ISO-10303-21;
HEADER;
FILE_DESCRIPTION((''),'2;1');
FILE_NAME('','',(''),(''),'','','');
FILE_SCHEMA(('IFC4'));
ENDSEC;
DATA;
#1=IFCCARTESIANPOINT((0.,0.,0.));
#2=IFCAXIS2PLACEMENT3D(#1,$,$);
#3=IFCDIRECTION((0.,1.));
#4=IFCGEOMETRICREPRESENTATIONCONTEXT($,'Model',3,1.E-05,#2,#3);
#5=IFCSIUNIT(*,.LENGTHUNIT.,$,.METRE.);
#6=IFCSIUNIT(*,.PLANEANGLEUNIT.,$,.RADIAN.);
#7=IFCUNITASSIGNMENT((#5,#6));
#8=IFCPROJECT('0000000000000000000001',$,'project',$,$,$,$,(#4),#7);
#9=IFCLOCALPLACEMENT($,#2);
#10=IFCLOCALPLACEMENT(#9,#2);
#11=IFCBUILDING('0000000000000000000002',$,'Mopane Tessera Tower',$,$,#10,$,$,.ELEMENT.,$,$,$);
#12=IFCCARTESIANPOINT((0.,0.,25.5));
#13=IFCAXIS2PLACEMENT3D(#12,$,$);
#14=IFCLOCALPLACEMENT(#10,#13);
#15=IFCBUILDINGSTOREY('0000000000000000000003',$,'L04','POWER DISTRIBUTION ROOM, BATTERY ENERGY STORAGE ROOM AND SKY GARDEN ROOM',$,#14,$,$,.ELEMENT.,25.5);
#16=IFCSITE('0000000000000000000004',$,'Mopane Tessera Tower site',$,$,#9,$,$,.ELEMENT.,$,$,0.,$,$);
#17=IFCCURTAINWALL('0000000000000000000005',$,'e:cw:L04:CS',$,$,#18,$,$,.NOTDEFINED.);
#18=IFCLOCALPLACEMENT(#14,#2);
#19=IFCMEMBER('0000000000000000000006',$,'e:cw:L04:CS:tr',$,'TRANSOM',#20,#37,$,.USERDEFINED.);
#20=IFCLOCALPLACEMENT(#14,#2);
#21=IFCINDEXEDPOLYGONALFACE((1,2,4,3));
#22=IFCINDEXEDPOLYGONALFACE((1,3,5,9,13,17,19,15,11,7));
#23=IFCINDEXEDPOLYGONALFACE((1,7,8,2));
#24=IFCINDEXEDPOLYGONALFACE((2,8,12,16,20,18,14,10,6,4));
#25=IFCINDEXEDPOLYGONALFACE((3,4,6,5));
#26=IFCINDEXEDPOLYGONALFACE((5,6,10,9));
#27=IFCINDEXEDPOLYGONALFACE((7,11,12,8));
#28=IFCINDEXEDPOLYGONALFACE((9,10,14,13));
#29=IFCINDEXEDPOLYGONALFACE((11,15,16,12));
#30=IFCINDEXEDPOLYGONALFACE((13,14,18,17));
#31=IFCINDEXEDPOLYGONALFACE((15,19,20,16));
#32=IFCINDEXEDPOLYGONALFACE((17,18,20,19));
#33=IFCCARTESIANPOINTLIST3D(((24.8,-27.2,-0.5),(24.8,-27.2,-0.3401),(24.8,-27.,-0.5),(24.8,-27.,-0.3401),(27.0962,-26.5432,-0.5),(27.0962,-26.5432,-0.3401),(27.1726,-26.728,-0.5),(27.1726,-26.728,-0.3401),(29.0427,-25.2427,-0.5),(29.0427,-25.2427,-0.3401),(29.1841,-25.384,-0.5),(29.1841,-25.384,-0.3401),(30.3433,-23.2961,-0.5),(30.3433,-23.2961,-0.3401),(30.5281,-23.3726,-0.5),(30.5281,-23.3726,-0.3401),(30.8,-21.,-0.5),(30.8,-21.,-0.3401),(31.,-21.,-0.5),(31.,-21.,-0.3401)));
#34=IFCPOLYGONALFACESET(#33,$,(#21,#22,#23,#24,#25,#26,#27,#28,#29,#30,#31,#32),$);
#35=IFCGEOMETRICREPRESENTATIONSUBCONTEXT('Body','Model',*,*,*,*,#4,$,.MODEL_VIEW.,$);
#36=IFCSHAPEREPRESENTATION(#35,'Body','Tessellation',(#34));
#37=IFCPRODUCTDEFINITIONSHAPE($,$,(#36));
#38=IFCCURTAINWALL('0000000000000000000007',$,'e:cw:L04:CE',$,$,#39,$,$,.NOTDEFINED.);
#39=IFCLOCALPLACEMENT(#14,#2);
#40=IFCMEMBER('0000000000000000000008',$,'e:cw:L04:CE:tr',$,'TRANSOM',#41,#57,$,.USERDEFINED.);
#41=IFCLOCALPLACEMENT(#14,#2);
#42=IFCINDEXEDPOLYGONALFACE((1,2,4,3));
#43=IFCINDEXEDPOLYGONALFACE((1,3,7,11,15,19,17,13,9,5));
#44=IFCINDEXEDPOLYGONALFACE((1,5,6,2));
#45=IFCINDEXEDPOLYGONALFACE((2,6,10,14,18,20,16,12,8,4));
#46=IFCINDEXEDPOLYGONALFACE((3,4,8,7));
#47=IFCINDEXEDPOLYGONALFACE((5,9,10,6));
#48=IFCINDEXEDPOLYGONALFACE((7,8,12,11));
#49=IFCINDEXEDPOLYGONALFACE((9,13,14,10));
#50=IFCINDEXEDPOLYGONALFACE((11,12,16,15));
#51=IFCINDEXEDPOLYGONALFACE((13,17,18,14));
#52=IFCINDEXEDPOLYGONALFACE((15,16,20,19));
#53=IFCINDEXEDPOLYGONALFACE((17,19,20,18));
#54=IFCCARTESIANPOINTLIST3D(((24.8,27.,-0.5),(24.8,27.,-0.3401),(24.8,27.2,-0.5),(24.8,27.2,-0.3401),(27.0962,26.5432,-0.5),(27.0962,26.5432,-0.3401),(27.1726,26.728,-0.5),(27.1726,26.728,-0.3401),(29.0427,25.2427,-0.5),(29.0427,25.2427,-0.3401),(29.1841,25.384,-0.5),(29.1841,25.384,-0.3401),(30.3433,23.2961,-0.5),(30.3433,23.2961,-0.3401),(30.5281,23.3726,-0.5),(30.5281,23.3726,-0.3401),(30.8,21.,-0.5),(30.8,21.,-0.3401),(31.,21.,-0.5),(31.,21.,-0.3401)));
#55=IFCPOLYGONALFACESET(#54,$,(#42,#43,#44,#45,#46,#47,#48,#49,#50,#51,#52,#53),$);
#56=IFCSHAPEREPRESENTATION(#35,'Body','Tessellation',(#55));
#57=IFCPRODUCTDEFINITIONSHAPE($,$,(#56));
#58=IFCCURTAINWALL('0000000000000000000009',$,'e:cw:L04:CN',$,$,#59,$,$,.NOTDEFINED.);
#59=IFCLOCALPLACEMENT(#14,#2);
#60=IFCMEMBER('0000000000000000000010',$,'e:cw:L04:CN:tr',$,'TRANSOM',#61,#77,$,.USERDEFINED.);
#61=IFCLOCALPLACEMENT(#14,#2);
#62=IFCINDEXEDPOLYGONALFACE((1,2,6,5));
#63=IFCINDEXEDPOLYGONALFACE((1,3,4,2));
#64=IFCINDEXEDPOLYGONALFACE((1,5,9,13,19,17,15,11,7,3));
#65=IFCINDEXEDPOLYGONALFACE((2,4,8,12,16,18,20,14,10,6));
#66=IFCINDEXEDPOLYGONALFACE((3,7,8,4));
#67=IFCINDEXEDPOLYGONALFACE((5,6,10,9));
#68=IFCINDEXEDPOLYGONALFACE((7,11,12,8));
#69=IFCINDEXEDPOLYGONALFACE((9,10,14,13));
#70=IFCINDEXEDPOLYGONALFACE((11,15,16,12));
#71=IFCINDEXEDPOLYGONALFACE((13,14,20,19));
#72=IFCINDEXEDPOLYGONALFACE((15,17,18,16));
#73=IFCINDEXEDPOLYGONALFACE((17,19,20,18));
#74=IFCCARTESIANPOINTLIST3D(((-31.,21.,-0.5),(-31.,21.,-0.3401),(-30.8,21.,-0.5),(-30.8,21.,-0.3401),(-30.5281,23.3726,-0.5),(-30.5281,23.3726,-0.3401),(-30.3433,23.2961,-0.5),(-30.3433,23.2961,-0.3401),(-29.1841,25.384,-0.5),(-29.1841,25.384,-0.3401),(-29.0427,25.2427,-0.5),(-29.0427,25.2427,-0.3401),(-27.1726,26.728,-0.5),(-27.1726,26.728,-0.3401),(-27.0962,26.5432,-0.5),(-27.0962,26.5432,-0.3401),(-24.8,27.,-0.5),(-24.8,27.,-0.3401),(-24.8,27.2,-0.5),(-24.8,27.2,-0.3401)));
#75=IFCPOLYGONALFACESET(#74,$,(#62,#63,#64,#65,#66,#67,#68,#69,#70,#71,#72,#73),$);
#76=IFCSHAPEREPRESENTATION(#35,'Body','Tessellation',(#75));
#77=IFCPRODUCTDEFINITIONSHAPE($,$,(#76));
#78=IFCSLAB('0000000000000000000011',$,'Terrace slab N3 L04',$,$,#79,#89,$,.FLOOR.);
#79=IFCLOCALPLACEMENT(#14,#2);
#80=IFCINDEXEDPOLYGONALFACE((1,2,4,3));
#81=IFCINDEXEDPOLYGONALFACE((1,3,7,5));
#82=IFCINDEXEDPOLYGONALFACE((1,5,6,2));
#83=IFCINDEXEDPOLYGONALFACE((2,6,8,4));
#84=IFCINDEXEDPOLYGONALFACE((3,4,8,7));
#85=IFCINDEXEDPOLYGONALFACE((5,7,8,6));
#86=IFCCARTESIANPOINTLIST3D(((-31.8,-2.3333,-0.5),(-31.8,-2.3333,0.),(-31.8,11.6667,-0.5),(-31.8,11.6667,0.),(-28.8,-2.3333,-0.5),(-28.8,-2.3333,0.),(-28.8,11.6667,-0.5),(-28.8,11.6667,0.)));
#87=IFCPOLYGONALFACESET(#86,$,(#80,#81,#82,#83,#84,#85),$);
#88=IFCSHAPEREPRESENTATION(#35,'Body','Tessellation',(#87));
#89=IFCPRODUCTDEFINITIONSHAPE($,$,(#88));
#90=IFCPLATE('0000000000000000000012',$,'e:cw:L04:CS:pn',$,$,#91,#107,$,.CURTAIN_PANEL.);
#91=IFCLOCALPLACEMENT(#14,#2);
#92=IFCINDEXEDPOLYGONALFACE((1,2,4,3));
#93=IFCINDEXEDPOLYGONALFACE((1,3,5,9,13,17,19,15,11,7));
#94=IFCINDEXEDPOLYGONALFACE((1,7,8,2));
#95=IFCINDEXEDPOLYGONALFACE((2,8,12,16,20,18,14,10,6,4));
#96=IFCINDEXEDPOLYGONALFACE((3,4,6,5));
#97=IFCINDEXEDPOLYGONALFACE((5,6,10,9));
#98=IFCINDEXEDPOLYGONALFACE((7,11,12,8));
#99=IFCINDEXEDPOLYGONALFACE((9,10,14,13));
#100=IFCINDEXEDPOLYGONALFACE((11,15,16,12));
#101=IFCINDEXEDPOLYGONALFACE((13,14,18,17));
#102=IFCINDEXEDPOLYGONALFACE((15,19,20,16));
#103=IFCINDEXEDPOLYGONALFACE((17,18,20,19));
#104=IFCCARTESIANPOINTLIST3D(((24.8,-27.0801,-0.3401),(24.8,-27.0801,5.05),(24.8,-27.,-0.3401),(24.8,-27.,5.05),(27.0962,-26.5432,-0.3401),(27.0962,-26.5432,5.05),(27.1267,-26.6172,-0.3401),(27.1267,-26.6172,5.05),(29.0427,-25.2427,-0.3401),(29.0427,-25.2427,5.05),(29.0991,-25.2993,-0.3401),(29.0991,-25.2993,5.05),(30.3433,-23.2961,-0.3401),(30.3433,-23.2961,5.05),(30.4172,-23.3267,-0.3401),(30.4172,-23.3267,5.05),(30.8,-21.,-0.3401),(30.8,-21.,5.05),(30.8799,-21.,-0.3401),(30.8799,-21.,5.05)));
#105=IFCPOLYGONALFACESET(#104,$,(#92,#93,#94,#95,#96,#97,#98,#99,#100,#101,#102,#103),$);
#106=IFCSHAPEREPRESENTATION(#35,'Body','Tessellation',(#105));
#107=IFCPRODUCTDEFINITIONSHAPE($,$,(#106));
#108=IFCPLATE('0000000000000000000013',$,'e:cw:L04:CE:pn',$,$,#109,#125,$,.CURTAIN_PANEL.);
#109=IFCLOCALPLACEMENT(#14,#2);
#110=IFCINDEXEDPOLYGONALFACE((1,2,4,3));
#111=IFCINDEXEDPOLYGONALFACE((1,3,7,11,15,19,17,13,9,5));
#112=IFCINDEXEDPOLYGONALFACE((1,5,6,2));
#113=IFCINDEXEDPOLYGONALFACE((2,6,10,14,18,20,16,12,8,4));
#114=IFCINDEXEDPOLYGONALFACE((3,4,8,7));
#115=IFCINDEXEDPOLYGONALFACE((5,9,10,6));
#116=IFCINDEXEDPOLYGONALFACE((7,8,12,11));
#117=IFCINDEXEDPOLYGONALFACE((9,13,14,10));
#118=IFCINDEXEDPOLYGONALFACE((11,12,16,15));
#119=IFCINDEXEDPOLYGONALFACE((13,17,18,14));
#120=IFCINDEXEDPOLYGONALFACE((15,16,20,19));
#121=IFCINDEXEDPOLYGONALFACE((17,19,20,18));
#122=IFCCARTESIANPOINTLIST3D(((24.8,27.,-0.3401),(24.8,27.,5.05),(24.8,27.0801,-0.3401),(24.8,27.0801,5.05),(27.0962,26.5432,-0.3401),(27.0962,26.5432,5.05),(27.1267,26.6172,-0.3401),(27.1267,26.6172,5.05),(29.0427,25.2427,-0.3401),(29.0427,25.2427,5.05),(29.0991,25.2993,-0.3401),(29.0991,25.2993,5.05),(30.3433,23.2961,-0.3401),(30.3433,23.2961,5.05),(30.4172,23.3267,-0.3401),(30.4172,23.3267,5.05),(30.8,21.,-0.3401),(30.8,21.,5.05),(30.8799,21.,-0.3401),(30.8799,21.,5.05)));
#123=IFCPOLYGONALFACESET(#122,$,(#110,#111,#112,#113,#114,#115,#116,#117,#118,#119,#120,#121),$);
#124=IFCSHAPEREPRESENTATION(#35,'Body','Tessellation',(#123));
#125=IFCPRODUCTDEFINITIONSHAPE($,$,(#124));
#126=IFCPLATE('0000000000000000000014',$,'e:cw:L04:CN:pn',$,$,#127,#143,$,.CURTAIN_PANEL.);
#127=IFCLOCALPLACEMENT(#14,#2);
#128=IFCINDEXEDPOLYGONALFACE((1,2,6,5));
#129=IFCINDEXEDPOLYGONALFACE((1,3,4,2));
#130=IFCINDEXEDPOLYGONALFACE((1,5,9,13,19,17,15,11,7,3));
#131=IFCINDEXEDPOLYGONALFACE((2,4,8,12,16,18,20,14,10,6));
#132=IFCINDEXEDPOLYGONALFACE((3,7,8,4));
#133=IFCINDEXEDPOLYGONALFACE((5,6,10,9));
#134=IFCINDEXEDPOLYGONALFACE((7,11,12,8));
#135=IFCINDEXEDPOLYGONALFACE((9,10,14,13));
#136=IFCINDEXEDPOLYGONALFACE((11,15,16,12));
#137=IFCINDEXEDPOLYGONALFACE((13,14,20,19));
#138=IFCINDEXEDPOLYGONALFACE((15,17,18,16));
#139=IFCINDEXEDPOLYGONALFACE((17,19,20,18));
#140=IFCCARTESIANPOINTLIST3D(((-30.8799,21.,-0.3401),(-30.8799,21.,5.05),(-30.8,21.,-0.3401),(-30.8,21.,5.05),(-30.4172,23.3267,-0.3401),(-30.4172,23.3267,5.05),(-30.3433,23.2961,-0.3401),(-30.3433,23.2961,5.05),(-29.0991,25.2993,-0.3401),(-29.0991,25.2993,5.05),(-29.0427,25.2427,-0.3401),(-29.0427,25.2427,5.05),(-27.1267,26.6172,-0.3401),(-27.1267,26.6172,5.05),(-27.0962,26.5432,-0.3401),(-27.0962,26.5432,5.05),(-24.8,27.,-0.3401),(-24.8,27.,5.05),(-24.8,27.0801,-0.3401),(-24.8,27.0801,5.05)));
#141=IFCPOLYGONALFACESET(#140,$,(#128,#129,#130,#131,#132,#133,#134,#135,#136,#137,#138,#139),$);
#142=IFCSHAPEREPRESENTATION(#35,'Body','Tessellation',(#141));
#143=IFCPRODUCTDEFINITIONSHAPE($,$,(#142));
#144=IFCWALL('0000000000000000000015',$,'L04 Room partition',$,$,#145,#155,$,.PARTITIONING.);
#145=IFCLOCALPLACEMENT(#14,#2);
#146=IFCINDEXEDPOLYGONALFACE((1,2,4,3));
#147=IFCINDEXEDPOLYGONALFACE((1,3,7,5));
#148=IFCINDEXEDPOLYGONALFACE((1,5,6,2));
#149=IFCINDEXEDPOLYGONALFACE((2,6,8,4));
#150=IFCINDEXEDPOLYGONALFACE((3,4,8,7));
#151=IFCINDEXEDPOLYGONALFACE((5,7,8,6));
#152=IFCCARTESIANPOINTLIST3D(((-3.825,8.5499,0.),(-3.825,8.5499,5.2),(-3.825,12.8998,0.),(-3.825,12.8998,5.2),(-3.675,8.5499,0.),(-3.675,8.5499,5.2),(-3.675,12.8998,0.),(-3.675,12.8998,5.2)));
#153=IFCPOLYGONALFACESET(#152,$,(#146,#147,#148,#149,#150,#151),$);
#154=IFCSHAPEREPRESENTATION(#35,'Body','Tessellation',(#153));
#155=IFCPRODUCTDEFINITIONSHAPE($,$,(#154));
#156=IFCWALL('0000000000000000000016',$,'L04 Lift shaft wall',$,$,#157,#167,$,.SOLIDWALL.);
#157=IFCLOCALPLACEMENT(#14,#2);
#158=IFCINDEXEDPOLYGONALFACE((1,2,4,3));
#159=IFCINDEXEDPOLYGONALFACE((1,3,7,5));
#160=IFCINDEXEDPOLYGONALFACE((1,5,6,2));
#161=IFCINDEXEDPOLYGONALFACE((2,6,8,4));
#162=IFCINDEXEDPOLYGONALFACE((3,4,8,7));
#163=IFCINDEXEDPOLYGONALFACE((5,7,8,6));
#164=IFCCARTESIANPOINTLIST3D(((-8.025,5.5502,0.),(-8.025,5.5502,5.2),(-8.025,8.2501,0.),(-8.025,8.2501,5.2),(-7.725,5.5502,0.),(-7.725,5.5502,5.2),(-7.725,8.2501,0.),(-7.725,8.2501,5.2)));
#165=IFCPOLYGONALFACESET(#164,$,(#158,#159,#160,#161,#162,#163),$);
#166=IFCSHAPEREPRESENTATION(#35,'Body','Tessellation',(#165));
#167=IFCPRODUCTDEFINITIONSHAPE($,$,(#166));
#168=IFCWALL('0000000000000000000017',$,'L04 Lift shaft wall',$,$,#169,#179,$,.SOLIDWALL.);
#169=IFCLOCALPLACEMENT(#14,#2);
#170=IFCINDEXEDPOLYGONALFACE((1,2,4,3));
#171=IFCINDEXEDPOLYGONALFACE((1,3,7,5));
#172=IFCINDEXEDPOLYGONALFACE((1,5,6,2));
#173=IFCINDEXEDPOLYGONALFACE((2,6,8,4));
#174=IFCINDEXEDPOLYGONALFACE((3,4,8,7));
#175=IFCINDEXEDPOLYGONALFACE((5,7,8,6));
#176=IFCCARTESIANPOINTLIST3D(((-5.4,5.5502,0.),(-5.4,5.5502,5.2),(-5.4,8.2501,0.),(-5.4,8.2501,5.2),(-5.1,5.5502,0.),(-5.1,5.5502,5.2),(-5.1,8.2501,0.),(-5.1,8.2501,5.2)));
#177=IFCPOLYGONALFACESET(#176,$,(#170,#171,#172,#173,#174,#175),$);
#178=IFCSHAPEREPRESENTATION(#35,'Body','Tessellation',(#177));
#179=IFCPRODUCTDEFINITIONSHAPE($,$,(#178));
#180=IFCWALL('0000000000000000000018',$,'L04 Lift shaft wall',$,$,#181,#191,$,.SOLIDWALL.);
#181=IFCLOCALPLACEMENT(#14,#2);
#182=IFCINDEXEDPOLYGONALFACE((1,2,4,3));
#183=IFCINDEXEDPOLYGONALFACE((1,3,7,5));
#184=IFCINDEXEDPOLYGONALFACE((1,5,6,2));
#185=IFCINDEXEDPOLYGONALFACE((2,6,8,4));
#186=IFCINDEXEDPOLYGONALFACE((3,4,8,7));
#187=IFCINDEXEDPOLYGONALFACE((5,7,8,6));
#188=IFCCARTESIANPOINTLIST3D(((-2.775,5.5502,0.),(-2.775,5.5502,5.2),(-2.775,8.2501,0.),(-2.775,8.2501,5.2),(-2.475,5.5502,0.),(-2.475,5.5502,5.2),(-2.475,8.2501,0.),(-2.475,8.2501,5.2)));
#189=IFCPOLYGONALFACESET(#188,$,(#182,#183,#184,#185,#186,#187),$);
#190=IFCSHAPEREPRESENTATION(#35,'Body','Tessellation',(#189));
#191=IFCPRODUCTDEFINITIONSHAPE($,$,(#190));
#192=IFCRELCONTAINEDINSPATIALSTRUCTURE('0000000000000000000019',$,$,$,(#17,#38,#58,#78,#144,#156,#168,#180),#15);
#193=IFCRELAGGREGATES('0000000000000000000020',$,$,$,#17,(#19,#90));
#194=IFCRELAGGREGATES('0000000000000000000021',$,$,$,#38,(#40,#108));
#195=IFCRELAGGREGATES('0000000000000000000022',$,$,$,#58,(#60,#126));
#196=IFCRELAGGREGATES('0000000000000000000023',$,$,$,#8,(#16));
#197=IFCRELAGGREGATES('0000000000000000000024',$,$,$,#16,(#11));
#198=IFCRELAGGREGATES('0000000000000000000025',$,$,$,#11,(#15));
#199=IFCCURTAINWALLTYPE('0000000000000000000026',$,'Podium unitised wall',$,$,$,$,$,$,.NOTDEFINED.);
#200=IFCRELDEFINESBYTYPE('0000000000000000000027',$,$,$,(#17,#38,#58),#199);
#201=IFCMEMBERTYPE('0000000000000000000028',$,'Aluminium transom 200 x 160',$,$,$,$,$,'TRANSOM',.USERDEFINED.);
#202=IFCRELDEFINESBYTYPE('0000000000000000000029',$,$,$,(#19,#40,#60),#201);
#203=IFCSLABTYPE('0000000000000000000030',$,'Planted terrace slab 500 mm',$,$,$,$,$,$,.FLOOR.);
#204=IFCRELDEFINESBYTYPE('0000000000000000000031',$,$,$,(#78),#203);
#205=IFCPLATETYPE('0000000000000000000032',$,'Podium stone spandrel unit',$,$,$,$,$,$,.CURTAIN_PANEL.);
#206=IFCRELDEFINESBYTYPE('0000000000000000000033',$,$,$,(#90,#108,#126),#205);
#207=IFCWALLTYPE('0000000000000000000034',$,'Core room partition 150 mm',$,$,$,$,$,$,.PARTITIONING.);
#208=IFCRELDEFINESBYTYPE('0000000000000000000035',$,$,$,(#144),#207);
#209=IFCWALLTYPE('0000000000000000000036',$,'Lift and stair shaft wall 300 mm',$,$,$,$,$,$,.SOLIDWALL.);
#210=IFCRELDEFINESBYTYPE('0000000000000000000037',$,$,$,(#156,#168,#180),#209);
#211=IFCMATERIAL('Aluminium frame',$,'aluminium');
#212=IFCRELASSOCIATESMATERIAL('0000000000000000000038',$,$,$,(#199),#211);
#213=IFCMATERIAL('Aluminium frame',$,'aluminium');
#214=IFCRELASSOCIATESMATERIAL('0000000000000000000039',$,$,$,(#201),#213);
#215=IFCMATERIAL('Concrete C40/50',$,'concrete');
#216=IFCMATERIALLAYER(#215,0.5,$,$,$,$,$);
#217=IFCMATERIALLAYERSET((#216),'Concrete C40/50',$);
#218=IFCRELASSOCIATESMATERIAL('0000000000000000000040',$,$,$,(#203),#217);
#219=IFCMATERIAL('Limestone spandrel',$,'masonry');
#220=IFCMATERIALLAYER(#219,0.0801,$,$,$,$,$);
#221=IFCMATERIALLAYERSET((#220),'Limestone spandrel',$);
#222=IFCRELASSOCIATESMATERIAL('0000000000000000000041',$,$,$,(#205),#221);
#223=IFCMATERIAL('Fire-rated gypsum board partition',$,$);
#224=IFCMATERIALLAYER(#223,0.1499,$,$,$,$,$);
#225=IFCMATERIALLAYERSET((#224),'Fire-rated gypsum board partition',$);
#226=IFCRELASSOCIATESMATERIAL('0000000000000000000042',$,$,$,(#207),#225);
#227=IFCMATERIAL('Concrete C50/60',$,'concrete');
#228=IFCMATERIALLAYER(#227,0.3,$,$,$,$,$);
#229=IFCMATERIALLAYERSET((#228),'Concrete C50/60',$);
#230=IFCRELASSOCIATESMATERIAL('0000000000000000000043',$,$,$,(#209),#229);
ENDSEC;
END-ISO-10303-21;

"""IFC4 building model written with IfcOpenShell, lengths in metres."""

from ifc_helpers import new_model, si_unit, direction, frame, frame_2d, origin, origin_2d, place, context, subcontext, project, spatial, polyline, rectangle, outline, extrude, material, layer, layer_set, material_profile, profile_set, type_object, element, aggregate, save


model = new_model("IFC4")

# Units and contexts
model_context = context("Model", 3, precision=1e-05, world=origin(), true_north=direction((0.0, 1.0)))
body_context = subcontext(model_context, "Body", "Model", "MODEL_VIEW")
ifc_project = project(units=[si_unit("LENGTHUNIT", "METRE"), si_unit("PLANEANGLEUNIT", "RADIAN")], contexts=[model_context])

# Site, building, storey
site_placement = place(None, origin())
site = spatial("IfcSite", under=ifc_project, at=site_placement, Name="Mopane Tessera Tower site", CompositionType="ELEMENT", RefElevation=0.0)
building_placement = place(site_placement, origin())
building = spatial("IfcBuilding", under=site, at=building_placement, Name="Mopane Tessera Tower", CompositionType="ELEMENT")
storey_placement = place(building_placement, frame((0.0, 0.0, 25.5)))
storey = spatial("IfcBuildingStorey", under=building, at=storey_placement, Name="L04", Description="POWER DISTRIBUTION ROOM, BATTERY ENERGY STORAGE ROOM AND SKY GARDEN ROOM", CompositionType="ELEMENT", Elevation=25.5)

# Curtain walls, members
ifc_material_1 = material(Name="Aluminium frame", Category="aluminium")
curtain_wall_type = type_object("IfcCurtainWallType", Name="Podium unitised wall", PredefinedType="NOTDEFINED", material=ifc_material_1)
curtain_wall_1_placement = place(storey_placement, origin())
curtain_wall_1 = element("IfcCurtainWall", 1, at=curtain_wall_1_placement, inside=storey, type_object=curtain_wall_type, Name="e:cw:L04:CS", PredefinedType="NOTDEFINED")
ifc_material_2 = material(Name="Aluminium frame", Category="aluminium")
ifc_material_profile = material_profile(ifc_material_2, rectangle(XDim=0.2, YDim=0.1599, at=origin_2d()))
ifc_profile_set = profile_set([ifc_material_profile], Name="Aluminium frame")
member_type = type_object("IfcMemberType", Name="Aluminium transom 200 x 160", ElementType="TRANSOM", PredefinedType="USERDEFINED", material=ifc_profile_set)
member_1_placement = place(storey_placement, frame((0.0, 0.0, -0.5)))
member_1 = element("IfcMember", 2, at=member_1_placement, type_object=member_type, Name="e:cw:L04:CS:tr", ObjectType="TRANSOM", PredefinedType="USERDEFINED", context=body_context, shape_type="SweptSolid", body=[
    extrude(outline(polyline([(24.8, -27.0), (27.0962, -26.5432), (29.0427, -25.2427), (30.3433, -23.2961), (30.8, -21.0), (31.0, -21.0), (30.5281, -23.3726), (29.1841, -25.384), (27.1726, -26.728), (24.8, -27.2), (24.8, -27.0)])), origin(), (0.0, 0.0, 1.0), 0.1599),
])
curtain_wall_2_placement = place(storey_placement, origin())
curtain_wall_2 = element("IfcCurtainWall", 3, at=curtain_wall_2_placement, inside=storey, type_object=curtain_wall_type, Name="e:cw:L04:CE", PredefinedType="NOTDEFINED")
member_2_placement = place(storey_placement, frame((0.0, 0.0, -0.5)))
member_2 = element("IfcMember", 4, at=member_2_placement, type_object=member_type, Name="e:cw:L04:CE:tr", ObjectType="TRANSOM", PredefinedType="USERDEFINED", context=body_context, shape_type="SweptSolid", body=[
    extrude(outline(polyline([(30.8, 21.0), (30.3433, 23.2961), (29.0427, 25.2427), (27.0962, 26.5432), (24.8, 27.0), (24.8, 27.2), (27.1726, 26.728), (29.1841, 25.384), (30.5281, 23.3726), (31.0, 21.0), (30.8, 21.0)])), origin(), (0.0, 0.0, 1.0), 0.1599),
])
curtain_wall_3_placement = place(storey_placement, origin())
curtain_wall_3 = element("IfcCurtainWall", 5, at=curtain_wall_3_placement, inside=storey, type_object=curtain_wall_type, Name="e:cw:L04:CN", PredefinedType="NOTDEFINED")
member_3_placement = place(storey_placement, frame((0.0, 0.0, -0.5)))
member_3 = element("IfcMember", 6, at=member_3_placement, type_object=member_type, Name="e:cw:L04:CN:tr", ObjectType="TRANSOM", PredefinedType="USERDEFINED", context=body_context, shape_type="SweptSolid", body=[
    extrude(outline(polyline([(-24.8, 27.0), (-27.0962, 26.5432), (-29.0427, 25.2427), (-30.3433, 23.2961), (-30.8, 21.0), (-31.0, 21.0), (-30.5281, 23.3726), (-29.1841, 25.384), (-27.1726, 26.728), (-24.8, 27.2), (-24.8, 27.0)])), origin(), (0.0, 0.0, 1.0), 0.1599),
])

# Slab
ifc_material_3 = material(Name="Concrete C40/50", Category="concrete")
ifc_layer_1 = layer(ifc_material_3, 0.5)
ifc_layer_set_1 = layer_set([ifc_layer_1], Name="Concrete C40/50")
slab_type = type_object("IfcSlabType", Name="Planted terrace slab 500 mm", PredefinedType="FLOOR", material=ifc_layer_set_1)
slab_placement = place(storey_placement, frame((0.0, 0.0, -0.5)))
element("IfcSlab", 7, at=slab_placement, inside=storey, type_object=slab_type, Name="Terrace slab N3 L04", PredefinedType="FLOOR", context=body_context, shape_type="SweptSolid", body=[
    extrude(outline(polyline([(-31.8, -2.3333), (-28.8, -2.3333), (-28.8, 11.6667), (-31.8, 11.6667), (-31.8, -2.3333)])), origin(), (0.0, 0.0, 1.0), 0.5),
])

# Plates
ifc_material_4 = material(Name="Limestone spandrel", Category="masonry")
ifc_layer_2 = layer(ifc_material_4, 0.0801)
ifc_layer_set_2 = layer_set([ifc_layer_2], Name="Limestone spandrel")
plate_type = type_object("IfcPlateType", Name="Podium stone spandrel unit", PredefinedType="CURTAIN_PANEL", material=ifc_layer_set_2)
plate_1_placement = place(storey_placement, frame((0.0, 0.0, -0.3401)))
plate_1 = element("IfcPlate", 8, at=plate_1_placement, type_object=plate_type, Name="e:cw:L04:CS:pn", PredefinedType="CURTAIN_PANEL", context=body_context, shape_type="SweptSolid", body=[
    extrude(outline(polyline([(24.8, -27.0), (27.0962, -26.5432), (29.0427, -25.2427), (30.3433, -23.2961), (30.8, -21.0), (30.8799, -21.0), (30.4172, -23.3267), (29.0991, -25.2993), (27.1267, -26.6172), (24.8, -27.0801), (24.8, -27.0)])), origin(), (0.0, 0.0, 1.0), 5.3901),
])
aggregate(curtain_wall_1, [member_1, plate_1])
plate_2_placement = place(storey_placement, frame((0.0, 0.0, -0.3401)))
plate_2 = element("IfcPlate", 9, at=plate_2_placement, type_object=plate_type, Name="e:cw:L04:CE:pn", PredefinedType="CURTAIN_PANEL", context=body_context, shape_type="SweptSolid", body=[
    extrude(outline(polyline([(30.8, 21.0), (30.3433, 23.2961), (29.0427, 25.2427), (27.0962, 26.5432), (24.8, 27.0), (24.8, 27.0801), (27.1267, 26.6172), (29.0991, 25.2993), (30.4172, 23.3267), (30.8799, 21.0), (30.8, 21.0)])), origin(), (0.0, 0.0, 1.0), 5.3901),
])
aggregate(curtain_wall_2, [member_2, plate_2])
plate_3_placement = place(storey_placement, frame((0.0, 0.0, -0.3401)))
plate_3 = element("IfcPlate", 10, at=plate_3_placement, type_object=plate_type, Name="e:cw:L04:CN:pn", PredefinedType="CURTAIN_PANEL", context=body_context, shape_type="SweptSolid", body=[
    extrude(outline(polyline([(-24.8, 27.0), (-27.0962, 26.5432), (-29.0427, 25.2427), (-30.3433, 23.2961), (-30.8, 21.0), (-30.8799, 21.0), (-30.4172, 23.3267), (-29.0991, 25.2993), (-27.1267, 26.6172), (-24.8, 27.0801), (-24.8, 27.0)])), origin(), (0.0, 0.0, 1.0), 5.3901),
])
aggregate(curtain_wall_3, [member_3, plate_3])

# Walls
ifc_material_5 = material(Name="Fire-rated gypsum board partition")
ifc_layer_3 = layer(ifc_material_5, 0.1499)
ifc_layer_set_3 = layer_set([ifc_layer_3], Name="Fire-rated gypsum board partition")
wall_type_1 = type_object("IfcWallType", Name="Core room partition 150 mm", PredefinedType="PARTITIONING", material=ifc_layer_set_3)
wall_1_placement = place(storey_placement, frame((-3.75, 8.55, 0.0), z_axis=(0.0, 0.0, 1.0), x_axis=(0.0, 1.0, 0.0)))
element("IfcWall", 11, at=wall_1_placement, inside=storey, type_object=wall_type_1, Name="L04 Room partition", PredefinedType="PARTITIONING", context=body_context, shape_type="SweptSolid", body=[
    extrude(rectangle(XDim=4.3499, YDim=0.1499, at=frame_2d((2.1748, 0.0))), origin(), (0.0, 0.0, 1.0), 5.2),
])
ifc_material_6 = material(Name="Concrete C50/60", Category="concrete")
ifc_layer_4 = layer(ifc_material_6, 0.3)
ifc_layer_set_4 = layer_set([ifc_layer_4], Name="Concrete C50/60")
wall_type_2 = type_object("IfcWallType", Name="Lift and stair shaft wall 300 mm", PredefinedType="SOLIDWALL", material=ifc_layer_set_4)
for number, where, z_axis, x_axis, name in (
    (12, (-7.875, 5.55, 0.0), (0.0, 0.0, 1.0), (0.0, 1.0, 0.0), "L04 Lift shaft wall"),
    (13, (-5.25, 5.55, 0.0), (0.0, 0.0, 1.0), (0.0, 1.0, 0.0), "L04 Lift shaft wall"),
    (14, (-2.625, 5.55, 0.0), (0.0, 0.0, 1.0), (0.0, 1.0, 0.0), "L04 Lift shaft wall"),
):
    element("IfcWall", number, at=place(storey_placement, frame(where, z_axis=z_axis, x_axis=x_axis)), inside=storey, type_object=wall_type_2, Name=name, PredefinedType="SOLIDWALL", context=body_context, shape_type="SweptSolid", body=[
        extrude(rectangle(XDim=2.7, YDim=0.3, at=frame_2d((1.3501, 0.0))), origin(), (0.0, 0.0, 1.0), 5.2),
    ])

save(model, "model.ifc")
